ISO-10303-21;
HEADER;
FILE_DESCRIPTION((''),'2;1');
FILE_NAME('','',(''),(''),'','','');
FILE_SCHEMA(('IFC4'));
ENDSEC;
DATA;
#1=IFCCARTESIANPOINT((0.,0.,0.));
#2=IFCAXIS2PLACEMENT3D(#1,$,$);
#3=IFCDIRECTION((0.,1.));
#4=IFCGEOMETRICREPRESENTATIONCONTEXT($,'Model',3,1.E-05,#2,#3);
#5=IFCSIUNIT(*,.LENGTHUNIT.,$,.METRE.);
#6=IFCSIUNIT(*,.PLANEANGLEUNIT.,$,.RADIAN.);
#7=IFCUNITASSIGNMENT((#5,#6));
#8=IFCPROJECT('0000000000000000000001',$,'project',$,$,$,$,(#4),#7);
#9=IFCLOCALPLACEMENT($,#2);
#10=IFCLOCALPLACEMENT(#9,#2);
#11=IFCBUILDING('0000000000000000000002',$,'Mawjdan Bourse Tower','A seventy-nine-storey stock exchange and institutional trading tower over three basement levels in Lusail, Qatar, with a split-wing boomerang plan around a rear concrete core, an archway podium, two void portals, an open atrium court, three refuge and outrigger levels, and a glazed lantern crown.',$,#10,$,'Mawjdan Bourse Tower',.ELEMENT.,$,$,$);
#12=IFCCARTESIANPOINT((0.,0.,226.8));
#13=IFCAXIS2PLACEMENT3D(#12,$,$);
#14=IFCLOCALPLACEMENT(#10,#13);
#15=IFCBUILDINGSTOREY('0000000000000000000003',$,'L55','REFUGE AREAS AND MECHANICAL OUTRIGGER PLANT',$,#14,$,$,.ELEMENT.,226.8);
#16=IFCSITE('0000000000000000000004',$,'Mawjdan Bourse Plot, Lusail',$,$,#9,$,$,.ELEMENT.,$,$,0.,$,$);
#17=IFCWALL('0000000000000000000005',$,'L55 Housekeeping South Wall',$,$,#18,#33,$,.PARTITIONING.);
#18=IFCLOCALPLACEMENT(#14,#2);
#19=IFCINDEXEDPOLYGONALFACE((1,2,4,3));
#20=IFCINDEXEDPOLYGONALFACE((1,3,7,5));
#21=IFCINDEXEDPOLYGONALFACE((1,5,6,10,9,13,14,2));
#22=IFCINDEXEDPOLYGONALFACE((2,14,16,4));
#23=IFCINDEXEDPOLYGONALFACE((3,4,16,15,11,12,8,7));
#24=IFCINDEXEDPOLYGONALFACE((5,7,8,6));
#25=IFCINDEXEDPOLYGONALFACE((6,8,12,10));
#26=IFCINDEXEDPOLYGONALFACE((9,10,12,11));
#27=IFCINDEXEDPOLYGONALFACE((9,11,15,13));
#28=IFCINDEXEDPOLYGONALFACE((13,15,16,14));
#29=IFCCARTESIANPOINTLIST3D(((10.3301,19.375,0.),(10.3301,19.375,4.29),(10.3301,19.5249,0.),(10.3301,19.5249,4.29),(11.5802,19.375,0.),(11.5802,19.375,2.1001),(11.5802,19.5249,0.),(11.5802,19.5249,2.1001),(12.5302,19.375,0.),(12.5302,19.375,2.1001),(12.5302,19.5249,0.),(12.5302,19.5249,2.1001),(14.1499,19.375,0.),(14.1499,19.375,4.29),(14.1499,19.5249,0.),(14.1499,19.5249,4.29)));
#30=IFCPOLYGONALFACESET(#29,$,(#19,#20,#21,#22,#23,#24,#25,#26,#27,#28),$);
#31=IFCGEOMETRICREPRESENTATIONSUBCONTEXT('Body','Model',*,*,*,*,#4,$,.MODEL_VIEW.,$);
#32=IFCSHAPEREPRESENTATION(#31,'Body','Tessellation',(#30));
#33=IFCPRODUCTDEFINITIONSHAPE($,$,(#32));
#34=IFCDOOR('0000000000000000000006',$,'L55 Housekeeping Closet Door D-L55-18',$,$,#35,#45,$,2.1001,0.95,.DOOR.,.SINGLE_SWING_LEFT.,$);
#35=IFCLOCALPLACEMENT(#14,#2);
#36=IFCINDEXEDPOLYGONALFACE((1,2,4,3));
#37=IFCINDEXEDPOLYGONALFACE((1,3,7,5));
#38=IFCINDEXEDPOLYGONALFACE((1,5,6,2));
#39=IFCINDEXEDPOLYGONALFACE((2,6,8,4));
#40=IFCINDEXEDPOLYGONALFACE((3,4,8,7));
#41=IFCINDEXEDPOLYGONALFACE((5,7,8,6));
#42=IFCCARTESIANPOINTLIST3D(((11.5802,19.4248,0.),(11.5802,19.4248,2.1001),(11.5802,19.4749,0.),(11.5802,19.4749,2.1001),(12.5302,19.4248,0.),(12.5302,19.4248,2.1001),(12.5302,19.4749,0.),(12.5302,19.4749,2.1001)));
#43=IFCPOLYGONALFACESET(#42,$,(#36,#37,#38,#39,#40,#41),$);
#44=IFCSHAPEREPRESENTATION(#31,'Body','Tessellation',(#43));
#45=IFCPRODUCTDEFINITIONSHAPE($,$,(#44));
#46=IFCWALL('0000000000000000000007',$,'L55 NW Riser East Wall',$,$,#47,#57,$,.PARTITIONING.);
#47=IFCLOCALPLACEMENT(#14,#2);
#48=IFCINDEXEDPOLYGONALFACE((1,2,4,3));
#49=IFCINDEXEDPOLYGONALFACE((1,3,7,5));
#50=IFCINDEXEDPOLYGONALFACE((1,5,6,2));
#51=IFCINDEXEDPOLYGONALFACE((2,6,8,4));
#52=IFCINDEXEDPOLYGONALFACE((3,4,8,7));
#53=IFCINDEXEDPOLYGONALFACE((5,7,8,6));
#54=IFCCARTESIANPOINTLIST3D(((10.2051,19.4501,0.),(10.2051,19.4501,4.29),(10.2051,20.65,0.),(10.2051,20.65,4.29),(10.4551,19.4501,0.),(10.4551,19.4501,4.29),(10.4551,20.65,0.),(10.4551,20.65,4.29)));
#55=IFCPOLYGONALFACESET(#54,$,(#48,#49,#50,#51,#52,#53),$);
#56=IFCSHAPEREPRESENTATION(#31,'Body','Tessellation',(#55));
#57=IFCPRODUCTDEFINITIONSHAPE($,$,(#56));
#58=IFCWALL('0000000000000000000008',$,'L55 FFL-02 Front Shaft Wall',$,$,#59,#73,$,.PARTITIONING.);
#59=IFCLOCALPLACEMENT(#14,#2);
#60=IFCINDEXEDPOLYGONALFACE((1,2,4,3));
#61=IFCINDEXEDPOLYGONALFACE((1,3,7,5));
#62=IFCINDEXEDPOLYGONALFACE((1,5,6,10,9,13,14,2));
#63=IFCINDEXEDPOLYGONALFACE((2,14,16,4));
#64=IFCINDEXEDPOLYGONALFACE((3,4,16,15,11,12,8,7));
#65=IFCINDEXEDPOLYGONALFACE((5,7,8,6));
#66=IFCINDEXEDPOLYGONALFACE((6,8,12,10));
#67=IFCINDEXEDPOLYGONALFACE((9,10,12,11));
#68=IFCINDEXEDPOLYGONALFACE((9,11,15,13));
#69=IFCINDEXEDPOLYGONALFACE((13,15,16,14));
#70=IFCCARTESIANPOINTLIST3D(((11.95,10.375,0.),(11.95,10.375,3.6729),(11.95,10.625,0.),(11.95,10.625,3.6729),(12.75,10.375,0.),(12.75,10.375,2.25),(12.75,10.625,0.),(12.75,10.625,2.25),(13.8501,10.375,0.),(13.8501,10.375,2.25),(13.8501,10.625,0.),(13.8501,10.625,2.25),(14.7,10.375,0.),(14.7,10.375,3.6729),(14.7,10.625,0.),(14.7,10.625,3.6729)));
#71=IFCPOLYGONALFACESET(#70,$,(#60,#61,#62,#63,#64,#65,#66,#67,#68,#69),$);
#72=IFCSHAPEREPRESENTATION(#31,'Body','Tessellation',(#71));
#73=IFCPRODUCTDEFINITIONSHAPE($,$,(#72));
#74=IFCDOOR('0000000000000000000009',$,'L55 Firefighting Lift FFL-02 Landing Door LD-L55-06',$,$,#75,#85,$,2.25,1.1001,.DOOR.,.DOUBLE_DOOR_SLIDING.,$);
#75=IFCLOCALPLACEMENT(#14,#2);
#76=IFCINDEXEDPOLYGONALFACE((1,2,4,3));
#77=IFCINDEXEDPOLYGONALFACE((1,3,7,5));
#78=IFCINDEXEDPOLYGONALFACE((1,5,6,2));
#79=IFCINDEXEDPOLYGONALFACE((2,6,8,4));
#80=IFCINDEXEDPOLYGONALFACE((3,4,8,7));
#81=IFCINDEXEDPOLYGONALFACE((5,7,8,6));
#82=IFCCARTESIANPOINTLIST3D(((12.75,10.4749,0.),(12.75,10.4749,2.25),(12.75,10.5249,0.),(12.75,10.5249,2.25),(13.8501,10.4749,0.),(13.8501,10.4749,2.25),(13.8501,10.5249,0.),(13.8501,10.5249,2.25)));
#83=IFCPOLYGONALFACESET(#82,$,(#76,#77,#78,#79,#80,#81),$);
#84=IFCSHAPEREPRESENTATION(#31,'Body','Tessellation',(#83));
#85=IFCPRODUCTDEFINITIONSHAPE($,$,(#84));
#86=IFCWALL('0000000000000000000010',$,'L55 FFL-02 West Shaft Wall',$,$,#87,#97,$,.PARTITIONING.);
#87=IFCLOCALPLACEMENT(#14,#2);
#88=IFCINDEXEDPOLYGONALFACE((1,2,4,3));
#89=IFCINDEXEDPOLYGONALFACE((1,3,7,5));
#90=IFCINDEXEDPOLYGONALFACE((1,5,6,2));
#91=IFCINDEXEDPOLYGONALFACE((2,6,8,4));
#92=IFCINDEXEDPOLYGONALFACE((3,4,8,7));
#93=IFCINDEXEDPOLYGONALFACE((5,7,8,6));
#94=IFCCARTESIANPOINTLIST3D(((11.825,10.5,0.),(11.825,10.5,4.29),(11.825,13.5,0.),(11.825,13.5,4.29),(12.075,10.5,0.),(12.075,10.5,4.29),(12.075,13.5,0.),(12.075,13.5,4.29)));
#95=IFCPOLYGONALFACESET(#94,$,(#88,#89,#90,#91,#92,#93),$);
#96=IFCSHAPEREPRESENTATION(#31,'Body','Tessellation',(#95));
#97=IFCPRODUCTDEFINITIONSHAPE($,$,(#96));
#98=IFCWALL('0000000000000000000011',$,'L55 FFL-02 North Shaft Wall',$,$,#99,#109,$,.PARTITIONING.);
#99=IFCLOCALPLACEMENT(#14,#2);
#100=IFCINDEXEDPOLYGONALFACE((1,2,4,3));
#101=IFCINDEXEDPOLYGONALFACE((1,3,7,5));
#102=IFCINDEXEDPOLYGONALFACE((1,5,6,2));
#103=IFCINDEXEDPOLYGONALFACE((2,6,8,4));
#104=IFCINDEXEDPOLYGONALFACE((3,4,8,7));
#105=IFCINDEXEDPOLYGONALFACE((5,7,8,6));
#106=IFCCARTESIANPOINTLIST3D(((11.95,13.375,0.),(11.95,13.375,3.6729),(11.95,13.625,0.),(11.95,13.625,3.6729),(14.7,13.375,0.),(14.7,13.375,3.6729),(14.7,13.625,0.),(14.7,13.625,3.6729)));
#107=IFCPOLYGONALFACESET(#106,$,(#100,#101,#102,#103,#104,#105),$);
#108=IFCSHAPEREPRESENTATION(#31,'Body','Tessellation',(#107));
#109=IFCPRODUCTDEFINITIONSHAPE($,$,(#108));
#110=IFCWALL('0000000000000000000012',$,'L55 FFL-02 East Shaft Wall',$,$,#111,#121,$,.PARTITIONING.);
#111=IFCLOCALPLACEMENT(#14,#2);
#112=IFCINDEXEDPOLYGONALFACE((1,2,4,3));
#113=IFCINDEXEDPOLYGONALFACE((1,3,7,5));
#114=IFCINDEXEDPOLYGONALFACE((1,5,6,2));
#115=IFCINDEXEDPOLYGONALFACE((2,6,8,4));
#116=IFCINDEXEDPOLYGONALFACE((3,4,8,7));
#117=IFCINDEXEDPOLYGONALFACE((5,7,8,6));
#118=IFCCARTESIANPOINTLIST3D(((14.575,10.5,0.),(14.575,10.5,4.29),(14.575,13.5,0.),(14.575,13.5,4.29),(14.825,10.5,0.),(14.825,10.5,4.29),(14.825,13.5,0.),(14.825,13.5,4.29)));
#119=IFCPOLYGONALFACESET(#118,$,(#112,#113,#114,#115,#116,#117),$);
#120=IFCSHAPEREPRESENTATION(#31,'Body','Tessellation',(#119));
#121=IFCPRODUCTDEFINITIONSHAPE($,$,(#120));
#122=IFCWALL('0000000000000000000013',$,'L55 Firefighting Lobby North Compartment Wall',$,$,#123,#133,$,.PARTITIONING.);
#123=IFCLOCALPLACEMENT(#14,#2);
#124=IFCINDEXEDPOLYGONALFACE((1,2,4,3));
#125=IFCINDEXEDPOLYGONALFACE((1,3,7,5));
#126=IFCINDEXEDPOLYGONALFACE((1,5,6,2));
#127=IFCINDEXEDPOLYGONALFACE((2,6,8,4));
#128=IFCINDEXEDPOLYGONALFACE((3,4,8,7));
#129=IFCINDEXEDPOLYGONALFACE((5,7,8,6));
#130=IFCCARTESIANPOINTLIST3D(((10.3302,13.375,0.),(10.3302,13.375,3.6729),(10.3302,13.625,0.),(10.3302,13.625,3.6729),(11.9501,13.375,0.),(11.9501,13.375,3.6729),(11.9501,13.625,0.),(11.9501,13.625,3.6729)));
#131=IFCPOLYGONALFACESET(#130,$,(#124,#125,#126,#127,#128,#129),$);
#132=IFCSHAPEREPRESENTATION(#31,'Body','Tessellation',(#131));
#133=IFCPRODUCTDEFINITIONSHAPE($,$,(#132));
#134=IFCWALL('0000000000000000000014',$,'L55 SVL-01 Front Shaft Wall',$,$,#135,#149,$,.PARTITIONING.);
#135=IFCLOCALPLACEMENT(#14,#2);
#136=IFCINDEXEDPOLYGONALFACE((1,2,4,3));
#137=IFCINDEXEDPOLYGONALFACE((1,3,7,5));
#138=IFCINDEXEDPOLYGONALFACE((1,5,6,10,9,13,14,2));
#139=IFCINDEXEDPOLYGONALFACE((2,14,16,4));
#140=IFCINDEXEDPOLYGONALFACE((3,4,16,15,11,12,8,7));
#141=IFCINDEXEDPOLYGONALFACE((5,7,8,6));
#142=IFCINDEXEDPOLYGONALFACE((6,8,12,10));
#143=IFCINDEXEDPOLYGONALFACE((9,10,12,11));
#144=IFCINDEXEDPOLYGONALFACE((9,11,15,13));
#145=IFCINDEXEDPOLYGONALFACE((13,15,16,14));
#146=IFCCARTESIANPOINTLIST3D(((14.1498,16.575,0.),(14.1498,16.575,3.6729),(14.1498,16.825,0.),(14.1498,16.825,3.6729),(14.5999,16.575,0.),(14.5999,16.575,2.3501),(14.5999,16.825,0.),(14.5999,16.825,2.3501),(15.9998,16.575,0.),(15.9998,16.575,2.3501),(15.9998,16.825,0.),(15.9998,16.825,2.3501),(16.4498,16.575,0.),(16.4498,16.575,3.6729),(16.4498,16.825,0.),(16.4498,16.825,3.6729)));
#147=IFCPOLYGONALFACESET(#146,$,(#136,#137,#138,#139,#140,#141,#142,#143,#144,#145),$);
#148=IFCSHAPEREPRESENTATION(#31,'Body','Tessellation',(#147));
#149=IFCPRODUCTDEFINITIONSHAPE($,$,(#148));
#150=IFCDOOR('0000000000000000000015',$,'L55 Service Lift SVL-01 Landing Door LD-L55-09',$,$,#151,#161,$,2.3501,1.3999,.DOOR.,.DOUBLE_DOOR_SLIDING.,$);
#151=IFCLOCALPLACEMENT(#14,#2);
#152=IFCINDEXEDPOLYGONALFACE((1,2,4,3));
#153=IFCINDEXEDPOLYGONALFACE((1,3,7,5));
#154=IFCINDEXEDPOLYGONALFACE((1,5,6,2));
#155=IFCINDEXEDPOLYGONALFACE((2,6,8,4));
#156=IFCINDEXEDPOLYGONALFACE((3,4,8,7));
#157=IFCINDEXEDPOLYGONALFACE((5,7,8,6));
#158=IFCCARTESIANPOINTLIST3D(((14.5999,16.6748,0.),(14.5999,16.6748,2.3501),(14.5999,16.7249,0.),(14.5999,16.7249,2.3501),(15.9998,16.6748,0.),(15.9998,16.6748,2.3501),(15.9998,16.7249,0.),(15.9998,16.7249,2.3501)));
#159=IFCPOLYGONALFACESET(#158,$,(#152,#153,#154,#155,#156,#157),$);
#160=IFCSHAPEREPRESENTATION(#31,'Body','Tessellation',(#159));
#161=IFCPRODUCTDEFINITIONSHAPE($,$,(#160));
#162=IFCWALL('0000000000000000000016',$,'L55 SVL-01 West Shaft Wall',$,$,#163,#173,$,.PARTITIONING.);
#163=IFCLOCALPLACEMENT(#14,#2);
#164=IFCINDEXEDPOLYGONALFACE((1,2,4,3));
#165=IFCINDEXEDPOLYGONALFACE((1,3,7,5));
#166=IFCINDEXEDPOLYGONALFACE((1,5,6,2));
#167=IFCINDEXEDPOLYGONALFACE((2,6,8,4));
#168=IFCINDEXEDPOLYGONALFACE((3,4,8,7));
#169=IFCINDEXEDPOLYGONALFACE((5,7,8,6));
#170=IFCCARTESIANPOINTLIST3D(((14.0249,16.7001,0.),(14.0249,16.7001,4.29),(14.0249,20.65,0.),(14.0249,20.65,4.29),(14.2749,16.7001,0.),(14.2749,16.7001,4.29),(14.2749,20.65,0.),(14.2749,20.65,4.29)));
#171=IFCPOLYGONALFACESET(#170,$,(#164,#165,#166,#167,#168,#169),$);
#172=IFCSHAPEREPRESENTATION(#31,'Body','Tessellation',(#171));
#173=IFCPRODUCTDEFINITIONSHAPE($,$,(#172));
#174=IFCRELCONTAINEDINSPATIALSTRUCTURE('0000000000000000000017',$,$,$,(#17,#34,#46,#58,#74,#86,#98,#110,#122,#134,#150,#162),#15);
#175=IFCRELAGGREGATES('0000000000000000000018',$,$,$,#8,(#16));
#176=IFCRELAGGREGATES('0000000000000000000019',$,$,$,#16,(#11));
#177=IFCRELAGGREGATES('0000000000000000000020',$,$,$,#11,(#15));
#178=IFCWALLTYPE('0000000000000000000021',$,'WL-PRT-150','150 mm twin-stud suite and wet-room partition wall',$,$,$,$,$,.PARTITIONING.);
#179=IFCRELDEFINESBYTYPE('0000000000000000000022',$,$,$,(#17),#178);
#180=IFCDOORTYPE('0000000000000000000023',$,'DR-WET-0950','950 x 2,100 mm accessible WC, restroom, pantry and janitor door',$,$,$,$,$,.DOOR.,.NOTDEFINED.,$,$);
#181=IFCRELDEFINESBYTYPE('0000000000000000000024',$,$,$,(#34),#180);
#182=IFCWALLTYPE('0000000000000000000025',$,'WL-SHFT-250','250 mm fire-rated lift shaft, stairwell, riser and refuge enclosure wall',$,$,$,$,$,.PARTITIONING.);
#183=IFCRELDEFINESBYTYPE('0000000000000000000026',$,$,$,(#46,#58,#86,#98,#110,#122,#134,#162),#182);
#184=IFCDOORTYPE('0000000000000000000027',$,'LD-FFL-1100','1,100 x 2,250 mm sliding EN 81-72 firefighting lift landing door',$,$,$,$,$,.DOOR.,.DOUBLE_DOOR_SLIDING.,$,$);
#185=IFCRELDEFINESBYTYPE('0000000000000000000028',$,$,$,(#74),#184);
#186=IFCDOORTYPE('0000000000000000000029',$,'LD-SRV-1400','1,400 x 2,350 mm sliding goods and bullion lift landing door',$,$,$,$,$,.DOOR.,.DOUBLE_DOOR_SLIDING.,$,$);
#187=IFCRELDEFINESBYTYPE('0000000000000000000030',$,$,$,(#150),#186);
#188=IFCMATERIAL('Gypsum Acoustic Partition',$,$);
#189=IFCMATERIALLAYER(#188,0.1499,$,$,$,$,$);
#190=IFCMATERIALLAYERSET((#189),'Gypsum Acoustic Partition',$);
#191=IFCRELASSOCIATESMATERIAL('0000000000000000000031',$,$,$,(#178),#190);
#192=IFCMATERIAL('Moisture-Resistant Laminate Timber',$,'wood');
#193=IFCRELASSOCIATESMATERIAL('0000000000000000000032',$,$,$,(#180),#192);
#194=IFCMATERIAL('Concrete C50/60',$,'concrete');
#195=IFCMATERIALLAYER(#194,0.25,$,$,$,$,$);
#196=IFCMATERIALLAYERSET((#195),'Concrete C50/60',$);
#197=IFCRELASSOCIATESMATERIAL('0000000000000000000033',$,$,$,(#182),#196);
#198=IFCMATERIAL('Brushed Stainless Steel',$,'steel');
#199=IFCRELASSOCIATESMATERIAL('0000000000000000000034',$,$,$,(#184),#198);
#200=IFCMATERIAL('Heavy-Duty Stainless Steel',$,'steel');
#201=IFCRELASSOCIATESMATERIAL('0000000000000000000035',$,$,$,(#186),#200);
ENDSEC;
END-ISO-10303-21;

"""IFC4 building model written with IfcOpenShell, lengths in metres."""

from ifc_helpers import new_model, si_unit, direction, frame, frame_2d, origin, place, context, subcontext, project, spatial, rectangle, extrude, material, layer, layer_set, type_object, element, fill, save


model = new_model("IFC4")

# Units and contexts
model_context = context("Model", 3, precision=1e-05, world=origin(), true_north=direction((0.0, 1.0)))
body_context = subcontext(model_context, "Body", "Model", "MODEL_VIEW")
ifc_project = project(units=[si_unit("LENGTHUNIT", "METRE"), si_unit("PLANEANGLEUNIT", "RADIAN")], contexts=[model_context])

# Site, building, storey
site_placement = place(None, origin())
site = spatial("IfcSite", under=ifc_project, at=site_placement, Name="Mawjdan Bourse Plot, Lusail", CompositionType="ELEMENT", RefElevation=0.0)
building_placement = place(site_placement, origin())
building = spatial("IfcBuilding", under=site, at=building_placement, Name="Mawjdan Bourse Tower", Description="A seventy-nine-storey stock exchange and institutional trading tower over three basement levels in Lusail, Qatar, with a split-wing boomerang plan around a rear concrete core, an archway podium, two void portals, an open atrium court, three refuge and outrigger levels, and a glazed lantern crown.", LongName="Mawjdan Bourse Tower", CompositionType="ELEMENT")
storey_placement = place(building_placement, frame((0.0, 0.0, 226.8)))
storey = spatial("IfcBuildingStorey", under=building, at=storey_placement, Name="L55", Description="REFUGE AREAS AND MECHANICAL OUTRIGGER PLANT", CompositionType="ELEMENT", Elevation=226.8)

# Wall, opening, door
ifc_material_1 = material(Name="Gypsum Acoustic Partition")
ifc_layer_1 = layer(ifc_material_1, 0.1499)
ifc_layer_set_1 = layer_set([ifc_layer_1], Name="Gypsum Acoustic Partition")
wall_type_1 = type_object("IfcWallType", Name="WL-PRT-150", Description="150 mm twin-stud suite and wet-room partition wall", PredefinedType="PARTITIONING", material=ifc_layer_set_1)
wall_1_placement = place(storey_placement, frame((10.3301, 19.45, 0.0), z_axis=(0.0, 0.0, 1.0), x_axis=(1.0, 0.0, 0.0)))
wall_1 = element("IfcWall", 1, at=wall_1_placement, inside=storey, type_object=wall_type_1, Name="L55 Housekeeping South Wall", PredefinedType="PARTITIONING", context=body_context, shape_type="SweptSolid", body=[
    extrude(rectangle(XDim=3.8198, YDim=0.1499, at=frame_2d((1.9099, 0.0))), origin(), (0.0, 0.0, 1.0), 4.29),
])
opening_1_placement = place(wall_1_placement, frame((1.25, 0.0, 0.0)))
opening_1 = element("IfcOpeningElement", 2, at=opening_1_placement, cuts=wall_1, PredefinedType="OPENING", context=body_context, shape_type="SweptSolid", body=[
    extrude(rectangle(XDim=0.95, YDim=2.1001, at=frame_2d((0.4751, 1.05))), frame((0.0, 0.085, 0.0), z_axis=(0.0, -1.0, 0.0), x_axis=(1.0, 0.0, 0.0)), (0.0, 0.0, 1.0), 0.1699),
])
ifc_material_2 = material(Name="Moisture-Resistant Laminate Timber", Category="wood")
door_type_1 = type_object("IfcDoorType", Name="DR-WET-0950", Description="950 x 2,100 mm accessible WC, restroom, pantry and janitor door", OperationType="NOTDEFINED", PredefinedType="DOOR", material=ifc_material_2)
door_1_placement = place(opening_1_placement, origin())
door_1 = element("IfcDoor", 3, at=door_1_placement, inside=storey, type_object=door_type_1, Name="L55 Housekeeping Closet Door D-L55-18", OperationType="SINGLE_SWING_LEFT", OverallHeight=2.1001, OverallWidth=0.95, PredefinedType="DOOR", context=body_context, shape_type="SweptSolid", body=[
    extrude(rectangle(XDim=0.95, YDim=2.1001, at=frame_2d((0.4751, 1.05))), frame((0.0, 0.0249, 0.0), z_axis=(0.0, -1.0, 0.0), x_axis=(1.0, 0.0, 0.0)), (0.0, 0.0, 1.0), 0.05),
])
fill(opening_1, door_1)

# Wall
ifc_material_3 = material(Name="Concrete C50/60", Category="concrete")
ifc_layer_2 = layer(ifc_material_3, 0.25)
ifc_layer_set_2 = layer_set([ifc_layer_2], Name="Concrete C50/60")
wall_type_2 = type_object("IfcWallType", Name="WL-SHFT-250", Description="250 mm fire-rated lift shaft, stairwell, riser and refuge enclosure wall", PredefinedType="PARTITIONING", material=ifc_layer_set_2)
wall_2_placement = place(storey_placement, frame((10.3301, 19.45, 0.0), z_axis=(0.0, 0.0, 1.0), x_axis=(0.0, 1.0, 0.0)))
element("IfcWall", 4, at=wall_2_placement, inside=storey, type_object=wall_type_2, Name="L55 NW Riser East Wall", PredefinedType="PARTITIONING", context=body_context, shape_type="SweptSolid", body=[
    extrude(rectangle(XDim=1.2, YDim=0.25, at=frame_2d((0.6001, 0.0))), origin(), (0.0, 0.0, 1.0), 4.29),
])

# Wall, opening, door
wall_3_placement = place(storey_placement, frame((11.95, 10.5, 0.0), z_axis=(0.0, 0.0, 1.0), x_axis=(1.0, 0.0, 0.0)))
wall_3 = element("IfcWall", 5, at=wall_3_placement, inside=storey, type_object=wall_type_2, Name="L55 FFL-02 Front Shaft Wall", PredefinedType="PARTITIONING", context=body_context, shape_type="SweptSolid", body=[
    extrude(rectangle(XDim=2.75, YDim=0.25, at=frame_2d((1.375, 0.0))), origin(), (0.0, 0.0, 1.0), 3.6729),
])
opening_2_placement = place(wall_3_placement, frame((0.8, 0.0, 0.0)))
opening_2 = element("IfcOpeningElement", 6, at=opening_2_placement, cuts=wall_3, PredefinedType="OPENING", context=body_context, shape_type="SweptSolid", body=[
    extrude(rectangle(XDim=1.1001, YDim=2.25, at=frame_2d((0.55, 1.125))), frame((0.0, 0.135, 0.0), z_axis=(0.0, -1.0, 0.0), x_axis=(1.0, 0.0, 0.0)), (0.0, 0.0, 1.0), 0.27),
])
ifc_material_4 = material(Name="Brushed Stainless Steel", Category="steel")
door_type_2 = type_object("IfcDoorType", Name="LD-FFL-1100", Description="1,100 x 2,250 mm sliding EN 81-72 firefighting lift landing door", OperationType="DOUBLE_DOOR_SLIDING", PredefinedType="DOOR", material=ifc_material_4)
door_2_placement = place(opening_2_placement, origin())
door_2 = element("IfcDoor", 7, at=door_2_placement, inside=storey, type_object=door_type_2, Name="L55 Firefighting Lift FFL-02 Landing Door LD-L55-06", OperationType="DOUBLE_DOOR_SLIDING", OverallHeight=2.25, OverallWidth=1.1001, PredefinedType="DOOR", context=body_context, shape_type="SweptSolid", body=[
    extrude(rectangle(XDim=1.1001, YDim=2.25, at=frame_2d((0.55, 1.125))), frame((0.0, 0.0249, 0.0), z_axis=(0.0, -1.0, 0.0), x_axis=(1.0, 0.0, 0.0)), (0.0, 0.0, 1.0), 0.05),
])
fill(opening_2, door_2)

# Walls
wall_4_placement = place(storey_placement, frame((11.95, 10.5, 0.0), z_axis=(0.0, 0.0, 1.0), x_axis=(0.0, 1.0, 0.0)))
element("IfcWall", 8, at=wall_4_placement, inside=storey, type_object=wall_type_2, Name="L55 FFL-02 West Shaft Wall", PredefinedType="PARTITIONING", context=body_context, shape_type="SweptSolid", body=[
    extrude(rectangle(XDim=3.0, YDim=0.25, at=frame_2d((1.5, 0.0))), origin(), (0.0, 0.0, 1.0), 4.29),
])
wall_5_placement = place(storey_placement, frame((11.95, 13.5, 0.0), z_axis=(0.0, 0.0, 1.0), x_axis=(1.0, 0.0, 0.0)))
element("IfcWall", 9, at=wall_5_placement, inside=storey, type_object=wall_type_2, Name="L55 FFL-02 North Shaft Wall", PredefinedType="PARTITIONING", context=body_context, shape_type="SweptSolid", body=[
    extrude(rectangle(XDim=2.75, YDim=0.25, at=frame_2d((1.375, 0.0))), origin(), (0.0, 0.0, 1.0), 3.6729),
])
wall_6_placement = place(storey_placement, frame((14.7, 10.5, 0.0), z_axis=(0.0, 0.0, 1.0), x_axis=(0.0, 1.0, 0.0)))
element("IfcWall", 10, at=wall_6_placement, inside=storey, type_object=wall_type_2, Name="L55 FFL-02 East Shaft Wall", PredefinedType="PARTITIONING", context=body_context, shape_type="SweptSolid", body=[
    extrude(rectangle(XDim=3.0, YDim=0.25, at=frame_2d((1.5, 0.0))), origin(), (0.0, 0.0, 1.0), 4.29),
])
wall_7_placement = place(storey_placement, frame((10.3301, 13.5, 0.0), z_axis=(0.0, 0.0, 1.0), x_axis=(1.0, 0.0, 0.0)))
element("IfcWall", 11, at=wall_7_placement, inside=storey, type_object=wall_type_2, Name="L55 Firefighting Lobby North Compartment Wall", PredefinedType="PARTITIONING", context=body_context, shape_type="SweptSolid", body=[
    extrude(rectangle(XDim=1.6199, YDim=0.25, at=frame_2d((0.8101, 0.0))), origin(), (0.0, 0.0, 1.0), 3.6729),
])

# Wall, opening, door
wall_8_placement = place(storey_placement, frame((14.1499, 16.7, 0.0), z_axis=(0.0, 0.0, 1.0), x_axis=(1.0, 0.0, 0.0)))
wall_8 = element("IfcWall", 12, at=wall_8_placement, inside=storey, type_object=wall_type_2, Name="L55 SVL-01 Front Shaft Wall", PredefinedType="PARTITIONING", context=body_context, shape_type="SweptSolid", body=[
    extrude(rectangle(XDim=2.3, YDim=0.25, at=frame_2d((1.1499, 0.0))), origin(), (0.0, 0.0, 1.0), 3.6729),
])
opening_3_placement = place(wall_8_placement, frame((0.45, 0.0, 0.0)))
opening_3 = element("IfcOpeningElement", 13, at=opening_3_placement, cuts=wall_8, PredefinedType="OPENING", context=body_context, shape_type="SweptSolid", body=[
    extrude(rectangle(XDim=1.3999, YDim=2.3501, at=frame_2d((0.7, 1.175))), frame((0.0, 0.135, 0.0), z_axis=(0.0, -1.0, 0.0), x_axis=(1.0, 0.0, 0.0)), (0.0, 0.0, 1.0), 0.27),
])
ifc_material_5 = material(Name="Heavy-Duty Stainless Steel", Category="steel")
door_type_3 = type_object("IfcDoorType", Name="LD-SRV-1400", Description="1,400 x 2,350 mm sliding goods and bullion lift landing door", OperationType="DOUBLE_DOOR_SLIDING", PredefinedType="DOOR", material=ifc_material_5)
door_3_placement = place(opening_3_placement, origin())
door_3 = element("IfcDoor", 14, at=door_3_placement, inside=storey, type_object=door_type_3, Name="L55 Service Lift SVL-01 Landing Door LD-L55-09", OperationType="DOUBLE_DOOR_SLIDING", OverallHeight=2.3501, OverallWidth=1.3999, PredefinedType="DOOR", context=body_context, shape_type="SweptSolid", body=[
    extrude(rectangle(XDim=1.3999, YDim=2.3501, at=frame_2d((0.7, 1.175))), frame((0.0, 0.0249, 0.0), z_axis=(0.0, -1.0, 0.0), x_axis=(1.0, 0.0, 0.0)), (0.0, 0.0, 1.0), 0.05),
])
fill(opening_3, door_3)

# Wall
wall_9_placement = place(storey_placement, frame((14.1499, 16.7, 0.0), z_axis=(0.0, 0.0, 1.0), x_axis=(0.0, 1.0, 0.0)))
element("IfcWall", 15, at=wall_9_placement, inside=storey, type_object=wall_type_2, Name="L55 SVL-01 West Shaft Wall", PredefinedType="PARTITIONING", context=body_context, shape_type="SweptSolid", body=[
    extrude(rectangle(XDim=3.95, YDim=0.25, at=frame_2d((1.9751, 0.0))), origin(), (0.0, 0.0, 1.0), 4.29),
])

save(model, "model.ifc")
